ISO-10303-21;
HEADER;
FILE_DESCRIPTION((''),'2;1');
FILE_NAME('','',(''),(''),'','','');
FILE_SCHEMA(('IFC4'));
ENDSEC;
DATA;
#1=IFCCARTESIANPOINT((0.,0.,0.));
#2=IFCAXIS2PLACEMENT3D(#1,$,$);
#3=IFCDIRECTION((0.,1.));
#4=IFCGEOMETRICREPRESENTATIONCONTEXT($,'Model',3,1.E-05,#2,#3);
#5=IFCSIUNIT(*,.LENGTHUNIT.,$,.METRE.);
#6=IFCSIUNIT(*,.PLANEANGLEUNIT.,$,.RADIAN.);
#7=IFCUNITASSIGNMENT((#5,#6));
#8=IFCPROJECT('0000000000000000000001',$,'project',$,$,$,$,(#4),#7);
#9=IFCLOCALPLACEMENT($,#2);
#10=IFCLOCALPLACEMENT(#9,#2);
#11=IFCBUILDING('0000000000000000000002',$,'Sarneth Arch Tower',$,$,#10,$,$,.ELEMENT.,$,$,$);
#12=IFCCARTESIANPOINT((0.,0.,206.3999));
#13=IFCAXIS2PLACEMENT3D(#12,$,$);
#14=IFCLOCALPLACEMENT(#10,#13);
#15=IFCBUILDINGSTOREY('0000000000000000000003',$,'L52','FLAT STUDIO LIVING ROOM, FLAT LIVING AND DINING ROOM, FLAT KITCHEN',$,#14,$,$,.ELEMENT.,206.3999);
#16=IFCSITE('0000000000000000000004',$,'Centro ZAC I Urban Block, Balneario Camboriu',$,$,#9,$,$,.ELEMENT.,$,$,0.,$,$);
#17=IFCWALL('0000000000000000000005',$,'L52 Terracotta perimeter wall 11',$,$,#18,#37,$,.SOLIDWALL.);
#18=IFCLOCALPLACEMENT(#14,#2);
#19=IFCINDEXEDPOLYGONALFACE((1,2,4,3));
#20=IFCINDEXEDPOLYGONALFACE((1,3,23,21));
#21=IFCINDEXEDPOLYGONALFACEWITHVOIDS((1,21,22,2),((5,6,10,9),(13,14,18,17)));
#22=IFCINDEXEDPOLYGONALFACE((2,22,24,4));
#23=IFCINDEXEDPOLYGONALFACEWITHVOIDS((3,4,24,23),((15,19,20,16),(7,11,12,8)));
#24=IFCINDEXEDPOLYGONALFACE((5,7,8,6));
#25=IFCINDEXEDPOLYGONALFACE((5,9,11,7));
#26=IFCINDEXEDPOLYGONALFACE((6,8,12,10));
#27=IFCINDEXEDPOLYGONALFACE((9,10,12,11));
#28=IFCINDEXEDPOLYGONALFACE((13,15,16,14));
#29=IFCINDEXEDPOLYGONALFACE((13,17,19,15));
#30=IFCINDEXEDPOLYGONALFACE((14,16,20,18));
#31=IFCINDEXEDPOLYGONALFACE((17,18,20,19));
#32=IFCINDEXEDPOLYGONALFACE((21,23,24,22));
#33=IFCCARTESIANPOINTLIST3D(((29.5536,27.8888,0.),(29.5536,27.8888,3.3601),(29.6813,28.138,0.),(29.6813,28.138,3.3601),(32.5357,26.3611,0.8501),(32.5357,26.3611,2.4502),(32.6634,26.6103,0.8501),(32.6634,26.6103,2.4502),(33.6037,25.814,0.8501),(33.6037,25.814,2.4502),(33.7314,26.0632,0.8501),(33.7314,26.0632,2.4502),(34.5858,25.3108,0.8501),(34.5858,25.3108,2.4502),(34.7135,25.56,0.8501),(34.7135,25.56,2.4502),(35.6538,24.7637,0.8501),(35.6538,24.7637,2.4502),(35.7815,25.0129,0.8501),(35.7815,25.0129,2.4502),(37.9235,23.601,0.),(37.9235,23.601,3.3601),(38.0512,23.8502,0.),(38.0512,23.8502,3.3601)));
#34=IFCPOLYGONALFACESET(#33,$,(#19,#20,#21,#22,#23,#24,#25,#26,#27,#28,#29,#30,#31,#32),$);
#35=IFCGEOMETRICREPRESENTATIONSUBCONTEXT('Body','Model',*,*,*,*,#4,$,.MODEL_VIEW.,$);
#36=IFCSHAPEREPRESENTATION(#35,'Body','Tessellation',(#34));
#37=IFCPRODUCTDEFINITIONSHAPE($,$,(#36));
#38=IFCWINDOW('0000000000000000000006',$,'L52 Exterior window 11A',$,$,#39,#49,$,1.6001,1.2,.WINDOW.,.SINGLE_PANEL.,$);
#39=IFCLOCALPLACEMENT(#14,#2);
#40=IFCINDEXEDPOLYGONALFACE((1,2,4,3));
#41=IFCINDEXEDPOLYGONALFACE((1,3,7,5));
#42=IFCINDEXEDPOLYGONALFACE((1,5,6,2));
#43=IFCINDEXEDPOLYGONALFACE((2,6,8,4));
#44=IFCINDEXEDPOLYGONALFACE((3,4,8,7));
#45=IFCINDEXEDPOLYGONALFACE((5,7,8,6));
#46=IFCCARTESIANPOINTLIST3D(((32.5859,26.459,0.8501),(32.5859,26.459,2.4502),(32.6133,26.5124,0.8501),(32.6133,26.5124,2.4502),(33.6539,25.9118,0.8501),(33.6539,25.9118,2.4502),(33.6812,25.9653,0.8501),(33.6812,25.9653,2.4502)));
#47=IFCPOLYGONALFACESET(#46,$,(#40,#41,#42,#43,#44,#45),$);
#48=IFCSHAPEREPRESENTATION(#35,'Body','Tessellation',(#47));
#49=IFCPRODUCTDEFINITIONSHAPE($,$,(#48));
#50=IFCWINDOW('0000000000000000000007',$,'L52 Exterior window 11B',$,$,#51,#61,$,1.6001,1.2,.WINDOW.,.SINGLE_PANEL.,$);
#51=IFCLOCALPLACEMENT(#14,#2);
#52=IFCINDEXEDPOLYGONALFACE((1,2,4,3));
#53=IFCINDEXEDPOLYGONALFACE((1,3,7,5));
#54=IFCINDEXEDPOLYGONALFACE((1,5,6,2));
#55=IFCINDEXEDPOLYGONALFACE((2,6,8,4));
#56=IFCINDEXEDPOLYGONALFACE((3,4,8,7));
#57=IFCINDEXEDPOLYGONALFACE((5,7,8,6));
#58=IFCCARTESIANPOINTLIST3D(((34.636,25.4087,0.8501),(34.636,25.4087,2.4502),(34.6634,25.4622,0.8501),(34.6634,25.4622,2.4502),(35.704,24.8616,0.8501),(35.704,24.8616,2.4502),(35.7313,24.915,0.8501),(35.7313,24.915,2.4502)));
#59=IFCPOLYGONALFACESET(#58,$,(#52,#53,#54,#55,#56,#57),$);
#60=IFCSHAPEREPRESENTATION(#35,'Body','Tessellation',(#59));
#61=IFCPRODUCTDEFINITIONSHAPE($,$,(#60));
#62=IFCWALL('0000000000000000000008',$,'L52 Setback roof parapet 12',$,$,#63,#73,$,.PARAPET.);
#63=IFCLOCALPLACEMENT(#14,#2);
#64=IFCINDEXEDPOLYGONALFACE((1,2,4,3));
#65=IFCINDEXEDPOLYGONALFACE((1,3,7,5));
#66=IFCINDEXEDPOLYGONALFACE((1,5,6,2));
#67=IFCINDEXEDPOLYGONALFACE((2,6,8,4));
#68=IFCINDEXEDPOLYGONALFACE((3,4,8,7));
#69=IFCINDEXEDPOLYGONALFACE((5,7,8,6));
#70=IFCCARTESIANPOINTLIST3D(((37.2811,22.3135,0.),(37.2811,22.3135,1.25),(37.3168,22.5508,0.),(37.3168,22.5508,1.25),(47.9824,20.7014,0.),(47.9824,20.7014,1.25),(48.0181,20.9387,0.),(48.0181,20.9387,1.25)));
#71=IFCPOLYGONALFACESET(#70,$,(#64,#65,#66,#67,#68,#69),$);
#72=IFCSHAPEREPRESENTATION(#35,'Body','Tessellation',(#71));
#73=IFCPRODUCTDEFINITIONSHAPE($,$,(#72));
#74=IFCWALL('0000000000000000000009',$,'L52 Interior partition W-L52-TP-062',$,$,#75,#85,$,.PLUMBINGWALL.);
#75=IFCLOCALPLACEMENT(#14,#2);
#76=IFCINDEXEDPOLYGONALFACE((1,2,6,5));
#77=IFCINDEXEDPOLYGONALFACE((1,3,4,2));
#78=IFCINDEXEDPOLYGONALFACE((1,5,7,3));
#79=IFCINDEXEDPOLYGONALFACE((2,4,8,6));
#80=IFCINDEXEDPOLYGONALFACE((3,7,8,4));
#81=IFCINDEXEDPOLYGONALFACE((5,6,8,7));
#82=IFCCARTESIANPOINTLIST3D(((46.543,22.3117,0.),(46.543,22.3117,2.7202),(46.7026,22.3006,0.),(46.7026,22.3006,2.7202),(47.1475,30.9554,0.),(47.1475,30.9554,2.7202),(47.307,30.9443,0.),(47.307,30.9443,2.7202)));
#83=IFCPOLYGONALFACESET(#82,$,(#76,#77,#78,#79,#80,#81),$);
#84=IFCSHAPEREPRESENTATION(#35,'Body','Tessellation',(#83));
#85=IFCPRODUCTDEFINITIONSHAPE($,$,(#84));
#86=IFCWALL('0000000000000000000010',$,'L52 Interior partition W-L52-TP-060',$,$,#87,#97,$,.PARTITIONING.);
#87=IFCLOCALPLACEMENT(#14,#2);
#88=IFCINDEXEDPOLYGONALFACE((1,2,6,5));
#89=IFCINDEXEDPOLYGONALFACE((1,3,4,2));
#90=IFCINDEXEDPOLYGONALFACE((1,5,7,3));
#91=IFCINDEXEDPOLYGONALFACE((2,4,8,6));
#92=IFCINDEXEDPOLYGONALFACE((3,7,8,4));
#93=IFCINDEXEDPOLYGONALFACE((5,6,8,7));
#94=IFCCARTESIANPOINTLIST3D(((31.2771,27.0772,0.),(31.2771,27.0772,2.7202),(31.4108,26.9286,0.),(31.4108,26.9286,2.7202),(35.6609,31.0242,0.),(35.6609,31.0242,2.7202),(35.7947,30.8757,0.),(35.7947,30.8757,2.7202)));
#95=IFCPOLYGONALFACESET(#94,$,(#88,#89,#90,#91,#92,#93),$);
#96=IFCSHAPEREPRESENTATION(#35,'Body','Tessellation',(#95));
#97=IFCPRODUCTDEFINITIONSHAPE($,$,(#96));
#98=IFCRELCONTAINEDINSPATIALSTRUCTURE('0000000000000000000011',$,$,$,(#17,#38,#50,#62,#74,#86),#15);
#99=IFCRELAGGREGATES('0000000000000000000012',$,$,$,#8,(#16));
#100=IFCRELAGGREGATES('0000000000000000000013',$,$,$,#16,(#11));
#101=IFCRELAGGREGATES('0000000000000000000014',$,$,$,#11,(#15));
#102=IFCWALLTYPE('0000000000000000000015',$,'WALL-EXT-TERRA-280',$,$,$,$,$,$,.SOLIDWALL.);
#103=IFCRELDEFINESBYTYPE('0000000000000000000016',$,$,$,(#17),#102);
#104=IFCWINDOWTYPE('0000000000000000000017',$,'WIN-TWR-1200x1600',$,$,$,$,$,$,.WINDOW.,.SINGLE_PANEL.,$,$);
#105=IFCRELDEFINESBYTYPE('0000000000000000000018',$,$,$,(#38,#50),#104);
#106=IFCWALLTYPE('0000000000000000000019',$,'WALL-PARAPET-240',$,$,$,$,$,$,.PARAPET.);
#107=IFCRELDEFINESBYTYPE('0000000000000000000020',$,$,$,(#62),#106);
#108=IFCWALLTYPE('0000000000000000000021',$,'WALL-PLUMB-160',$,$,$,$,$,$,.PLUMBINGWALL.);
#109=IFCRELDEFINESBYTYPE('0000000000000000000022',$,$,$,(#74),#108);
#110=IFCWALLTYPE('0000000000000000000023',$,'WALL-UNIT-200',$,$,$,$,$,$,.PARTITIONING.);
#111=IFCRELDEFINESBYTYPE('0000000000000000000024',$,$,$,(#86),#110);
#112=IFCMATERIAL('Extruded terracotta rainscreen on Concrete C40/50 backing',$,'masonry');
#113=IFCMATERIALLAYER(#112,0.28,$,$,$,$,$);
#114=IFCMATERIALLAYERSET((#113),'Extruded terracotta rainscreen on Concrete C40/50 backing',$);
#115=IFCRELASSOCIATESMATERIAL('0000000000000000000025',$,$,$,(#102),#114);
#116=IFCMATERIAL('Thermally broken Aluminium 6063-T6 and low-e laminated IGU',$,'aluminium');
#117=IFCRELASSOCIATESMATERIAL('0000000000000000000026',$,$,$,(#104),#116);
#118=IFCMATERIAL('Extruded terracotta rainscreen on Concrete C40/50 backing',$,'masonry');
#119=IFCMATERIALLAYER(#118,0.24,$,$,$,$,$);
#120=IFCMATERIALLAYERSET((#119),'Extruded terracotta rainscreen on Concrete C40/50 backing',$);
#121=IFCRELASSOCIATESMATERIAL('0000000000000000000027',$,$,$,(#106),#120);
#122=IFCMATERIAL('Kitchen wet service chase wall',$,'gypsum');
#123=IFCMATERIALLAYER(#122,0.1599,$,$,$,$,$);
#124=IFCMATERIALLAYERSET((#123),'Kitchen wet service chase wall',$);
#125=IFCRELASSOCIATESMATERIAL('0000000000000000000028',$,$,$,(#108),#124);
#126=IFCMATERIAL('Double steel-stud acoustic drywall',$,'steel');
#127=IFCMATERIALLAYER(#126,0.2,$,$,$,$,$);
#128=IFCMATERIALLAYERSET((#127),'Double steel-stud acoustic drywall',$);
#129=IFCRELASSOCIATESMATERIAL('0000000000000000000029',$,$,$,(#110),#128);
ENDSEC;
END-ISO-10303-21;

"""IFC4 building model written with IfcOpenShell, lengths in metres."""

from ifc_helpers import new_model, si_unit, direction, frame, frame_2d, origin, place, context, subcontext, project, spatial, rectangle, extrude, material, layer, layer_set, type_object, element, fill, save


model = new_model("IFC4")

# Units and contexts
model_context = context("Model", 3, precision=1e-05, world=origin(), true_north=direction((0.0, 1.0)))
body_context = subcontext(model_context, "Body", "Model", "MODEL_VIEW")
ifc_project = project(units=[si_unit("LENGTHUNIT", "METRE"), si_unit("PLANEANGLEUNIT", "RADIAN")], contexts=[model_context])

# Site, building, storey
site_placement = place(None, origin())
site = spatial("IfcSite", under=ifc_project, at=site_placement, Name="Centro ZAC I Urban Block, Balneario Camboriu", CompositionType="ELEMENT", RefElevation=0.0)
building_placement = place(site_placement, origin())
building = spatial("IfcBuilding", under=site, at=building_placement, Name="Sarneth Arch Tower", CompositionType="ELEMENT")
storey_placement = place(building_placement, frame((0.0, 0.0, 206.3999)))
storey = spatial("IfcBuildingStorey", under=building, at=storey_placement, Name="L52", Description="FLAT STUDIO LIVING ROOM, FLAT LIVING AND DINING ROOM, FLAT KITCHEN", CompositionType="ELEMENT", Elevation=206.3999)

# Wall, openings, windows
ifc_material_1 = material(Name="Extruded terracotta rainscreen on Concrete C40/50 backing", Category="masonry")
ifc_layer_1 = layer(ifc_material_1, 0.28)
ifc_layer_set_1 = layer_set([ifc_layer_1], Name="Extruded terracotta rainscreen on Concrete C40/50 backing")
wall_type_1 = type_object("IfcWallType", Name="WALL-EXT-TERRA-280", PredefinedType="SOLIDWALL", material=ifc_layer_set_1)
wall_1_placement = place(storey_placement, frame((29.6174, 28.0134, 0.0), z_axis=(0.0, 0.0, 1.0), x_axis=(0.890007, -0.455946, 0.0)))
wall_1 = element("IfcWall", 1, at=wall_1_placement, inside=storey, type_object=wall_type_1, Name="L52 Terracotta perimeter wall 11", PredefinedType="SOLIDWALL", context=body_context, shape_type="SweptSolid", body=[
    extrude(rectangle(XDim=9.4043, YDim=0.28, at=frame_2d((4.7021, 0.0))), origin(), (0.0, 0.0, 1.0), 3.3601),
])
opening_1_placement = place(wall_1_placement, frame((3.3506, 0.0, 0.8501)))
opening_1 = element("IfcOpeningElement", 2, at=opening_1_placement, cuts=wall_1, PredefinedType="OPENING", context=body_context, shape_type="SweptSolid", body=[
    extrude(rectangle(XDim=1.2, YDim=1.6001, at=frame_2d((0.6001, 0.8))), frame((0.0, 0.1499, 0.0), z_axis=(0.0, -1.0, 0.0), x_axis=(1.0, 0.0, 0.0)), (0.0, 0.0, 1.0), 0.3),
])
opening_2_placement = place(wall_1_placement, frame((5.6541, 0.0, 0.8501)))
opening_2 = element("IfcOpeningElement", 3, at=opening_2_placement, cuts=wall_1, PredefinedType="OPENING", context=body_context, shape_type="SweptSolid", body=[
    extrude(rectangle(XDim=1.2, YDim=1.6001, at=frame_2d((0.6001, 0.8))), frame((0.0, 0.1499, 0.0), z_axis=(0.0, -1.0, 0.0), x_axis=(1.0, 0.0, 0.0)), (0.0, 0.0, 1.0), 0.3),
])
ifc_material_2 = material(Name="Thermally broken Aluminium 6063-T6 and low-e laminated IGU", Category="aluminium")
window_type = type_object("IfcWindowType", Name="WIN-TWR-1200x1600", PartitioningType="SINGLE_PANEL", PredefinedType="WINDOW", material=ifc_material_2)
window_1_placement = place(opening_1_placement, origin())
window_1 = element("IfcWindow", 4, at=window_1_placement, inside=storey, type_object=window_type, Name="L52 Exterior window 11A", OverallHeight=1.6001, OverallWidth=1.2, PartitioningType="SINGLE_PANEL", PredefinedType="WINDOW", context=body_context, shape_type="SweptSolid", body=[
    extrude(rectangle(XDim=1.2, YDim=1.6001, at=frame_2d((0.6001, 0.8))), frame((0.0, 0.03, 0.0), z_axis=(0.0, -1.0, 0.0), x_axis=(1.0, 0.0, 0.0)), (0.0, 0.0, 1.0), 0.0601),
])
fill(opening_1, window_1)
window_2_placement = place(opening_2_placement, origin())
window_2 = element("IfcWindow", 5, at=window_2_placement, inside=storey, type_object=window_type, Name="L52 Exterior window 11B", OverallHeight=1.6001, OverallWidth=1.2, PartitioningType="SINGLE_PANEL", PredefinedType="WINDOW", context=body_context, shape_type="SweptSolid", body=[
    extrude(rectangle(XDim=1.2, YDim=1.6001, at=frame_2d((0.6001, 0.8))), frame((0.0, 0.03, 0.0), z_axis=(0.0, -1.0, 0.0), x_axis=(1.0, 0.0, 0.0)), (0.0, 0.0, 1.0), 0.0601),
])
fill(opening_2, window_2)

# Walls
ifc_material_3 = material(Name="Extruded terracotta rainscreen on Concrete C40/50 backing", Category="masonry")
ifc_layer_2 = layer(ifc_material_3, 0.24)
ifc_layer_set_2 = layer_set([ifc_layer_2], Name="Extruded terracotta rainscreen on Concrete C40/50 backing")
wall_type_2 = type_object("IfcWallType", Name="WALL-PARAPET-240", PredefinedType="PARAPET", material=ifc_layer_set_2)
wall_2_placement = place(storey_placement, frame((37.2988, 22.4321, 0.0), z_axis=(0.0, 0.0, 1.0), x_axis=(0.988843, -0.148963, 0.0)))
element("IfcWall", 6, at=wall_2_placement, inside=storey, type_object=wall_type_2, Name="L52 Setback roof parapet 12", PredefinedType="PARAPET", context=body_context, shape_type="SweptSolid", body=[
    extrude(rectangle(XDim=10.822, YDim=0.24, at=frame_2d((5.4111, 0.0))), origin(), (0.0, 0.0, 1.0), 1.25),
])
ifc_material_4 = material(Name="Kitchen wet service chase wall", Category="gypsum")
ifc_layer_3 = layer(ifc_material_4, 0.1599)
ifc_layer_set_3 = layer_set([ifc_layer_3], Name="Kitchen wet service chase wall")
wall_type_3 = type_object("IfcWallType", Name="WALL-PLUMB-160", PredefinedType="PLUMBINGWALL", material=ifc_layer_set_3)
wall_3_placement = place(storey_placement, frame((47.2273, 30.95, 0.0), z_axis=(0.0, 0.0, 1.0), x_axis=(-0.069763, -0.997564, 0.0)))
element("IfcWall", 7, at=wall_3_placement, inside=storey, type_object=wall_type_3, Name="L52 Interior partition W-L52-TP-062", PredefinedType="PLUMBINGWALL", context=body_context, shape_type="SweptSolid", body=[
    extrude(rectangle(XDim=8.6648, YDim=0.1599, at=frame_2d((4.3325, 0.0))), origin(), (0.0, 0.0, 1.0), 2.7202),
])
ifc_material_5 = material(Name="Double steel-stud acoustic drywall", Category="steel")
ifc_layer_4 = layer(ifc_material_5, 0.2)
ifc_layer_set_4 = layer_set([ifc_layer_4], Name="Double steel-stud acoustic drywall")
wall_type_4 = type_object("IfcWallType", Name="WALL-UNIT-200", PredefinedType="PARTITIONING", material=ifc_layer_set_4)
wall_4_placement = place(storey_placement, frame((35.7278, 30.95, 0.0), z_axis=(0.0, 0.0, 1.0), x_axis=(-0.743158, -0.669116, 0.0)))
element("IfcWall", 8, at=wall_4_placement, inside=storey, type_object=wall_type_4, Name="L52 Interior partition W-L52-TP-060", PredefinedType="PARTITIONING", context=body_context, shape_type="SweptSolid", body=[
    extrude(rectangle(XDim=5.8989, YDim=0.2, at=frame_2d((2.9495, 0.0))), origin(), (0.0, 0.0, 1.0), 2.7202),
])

save(model, "model.ifc")
